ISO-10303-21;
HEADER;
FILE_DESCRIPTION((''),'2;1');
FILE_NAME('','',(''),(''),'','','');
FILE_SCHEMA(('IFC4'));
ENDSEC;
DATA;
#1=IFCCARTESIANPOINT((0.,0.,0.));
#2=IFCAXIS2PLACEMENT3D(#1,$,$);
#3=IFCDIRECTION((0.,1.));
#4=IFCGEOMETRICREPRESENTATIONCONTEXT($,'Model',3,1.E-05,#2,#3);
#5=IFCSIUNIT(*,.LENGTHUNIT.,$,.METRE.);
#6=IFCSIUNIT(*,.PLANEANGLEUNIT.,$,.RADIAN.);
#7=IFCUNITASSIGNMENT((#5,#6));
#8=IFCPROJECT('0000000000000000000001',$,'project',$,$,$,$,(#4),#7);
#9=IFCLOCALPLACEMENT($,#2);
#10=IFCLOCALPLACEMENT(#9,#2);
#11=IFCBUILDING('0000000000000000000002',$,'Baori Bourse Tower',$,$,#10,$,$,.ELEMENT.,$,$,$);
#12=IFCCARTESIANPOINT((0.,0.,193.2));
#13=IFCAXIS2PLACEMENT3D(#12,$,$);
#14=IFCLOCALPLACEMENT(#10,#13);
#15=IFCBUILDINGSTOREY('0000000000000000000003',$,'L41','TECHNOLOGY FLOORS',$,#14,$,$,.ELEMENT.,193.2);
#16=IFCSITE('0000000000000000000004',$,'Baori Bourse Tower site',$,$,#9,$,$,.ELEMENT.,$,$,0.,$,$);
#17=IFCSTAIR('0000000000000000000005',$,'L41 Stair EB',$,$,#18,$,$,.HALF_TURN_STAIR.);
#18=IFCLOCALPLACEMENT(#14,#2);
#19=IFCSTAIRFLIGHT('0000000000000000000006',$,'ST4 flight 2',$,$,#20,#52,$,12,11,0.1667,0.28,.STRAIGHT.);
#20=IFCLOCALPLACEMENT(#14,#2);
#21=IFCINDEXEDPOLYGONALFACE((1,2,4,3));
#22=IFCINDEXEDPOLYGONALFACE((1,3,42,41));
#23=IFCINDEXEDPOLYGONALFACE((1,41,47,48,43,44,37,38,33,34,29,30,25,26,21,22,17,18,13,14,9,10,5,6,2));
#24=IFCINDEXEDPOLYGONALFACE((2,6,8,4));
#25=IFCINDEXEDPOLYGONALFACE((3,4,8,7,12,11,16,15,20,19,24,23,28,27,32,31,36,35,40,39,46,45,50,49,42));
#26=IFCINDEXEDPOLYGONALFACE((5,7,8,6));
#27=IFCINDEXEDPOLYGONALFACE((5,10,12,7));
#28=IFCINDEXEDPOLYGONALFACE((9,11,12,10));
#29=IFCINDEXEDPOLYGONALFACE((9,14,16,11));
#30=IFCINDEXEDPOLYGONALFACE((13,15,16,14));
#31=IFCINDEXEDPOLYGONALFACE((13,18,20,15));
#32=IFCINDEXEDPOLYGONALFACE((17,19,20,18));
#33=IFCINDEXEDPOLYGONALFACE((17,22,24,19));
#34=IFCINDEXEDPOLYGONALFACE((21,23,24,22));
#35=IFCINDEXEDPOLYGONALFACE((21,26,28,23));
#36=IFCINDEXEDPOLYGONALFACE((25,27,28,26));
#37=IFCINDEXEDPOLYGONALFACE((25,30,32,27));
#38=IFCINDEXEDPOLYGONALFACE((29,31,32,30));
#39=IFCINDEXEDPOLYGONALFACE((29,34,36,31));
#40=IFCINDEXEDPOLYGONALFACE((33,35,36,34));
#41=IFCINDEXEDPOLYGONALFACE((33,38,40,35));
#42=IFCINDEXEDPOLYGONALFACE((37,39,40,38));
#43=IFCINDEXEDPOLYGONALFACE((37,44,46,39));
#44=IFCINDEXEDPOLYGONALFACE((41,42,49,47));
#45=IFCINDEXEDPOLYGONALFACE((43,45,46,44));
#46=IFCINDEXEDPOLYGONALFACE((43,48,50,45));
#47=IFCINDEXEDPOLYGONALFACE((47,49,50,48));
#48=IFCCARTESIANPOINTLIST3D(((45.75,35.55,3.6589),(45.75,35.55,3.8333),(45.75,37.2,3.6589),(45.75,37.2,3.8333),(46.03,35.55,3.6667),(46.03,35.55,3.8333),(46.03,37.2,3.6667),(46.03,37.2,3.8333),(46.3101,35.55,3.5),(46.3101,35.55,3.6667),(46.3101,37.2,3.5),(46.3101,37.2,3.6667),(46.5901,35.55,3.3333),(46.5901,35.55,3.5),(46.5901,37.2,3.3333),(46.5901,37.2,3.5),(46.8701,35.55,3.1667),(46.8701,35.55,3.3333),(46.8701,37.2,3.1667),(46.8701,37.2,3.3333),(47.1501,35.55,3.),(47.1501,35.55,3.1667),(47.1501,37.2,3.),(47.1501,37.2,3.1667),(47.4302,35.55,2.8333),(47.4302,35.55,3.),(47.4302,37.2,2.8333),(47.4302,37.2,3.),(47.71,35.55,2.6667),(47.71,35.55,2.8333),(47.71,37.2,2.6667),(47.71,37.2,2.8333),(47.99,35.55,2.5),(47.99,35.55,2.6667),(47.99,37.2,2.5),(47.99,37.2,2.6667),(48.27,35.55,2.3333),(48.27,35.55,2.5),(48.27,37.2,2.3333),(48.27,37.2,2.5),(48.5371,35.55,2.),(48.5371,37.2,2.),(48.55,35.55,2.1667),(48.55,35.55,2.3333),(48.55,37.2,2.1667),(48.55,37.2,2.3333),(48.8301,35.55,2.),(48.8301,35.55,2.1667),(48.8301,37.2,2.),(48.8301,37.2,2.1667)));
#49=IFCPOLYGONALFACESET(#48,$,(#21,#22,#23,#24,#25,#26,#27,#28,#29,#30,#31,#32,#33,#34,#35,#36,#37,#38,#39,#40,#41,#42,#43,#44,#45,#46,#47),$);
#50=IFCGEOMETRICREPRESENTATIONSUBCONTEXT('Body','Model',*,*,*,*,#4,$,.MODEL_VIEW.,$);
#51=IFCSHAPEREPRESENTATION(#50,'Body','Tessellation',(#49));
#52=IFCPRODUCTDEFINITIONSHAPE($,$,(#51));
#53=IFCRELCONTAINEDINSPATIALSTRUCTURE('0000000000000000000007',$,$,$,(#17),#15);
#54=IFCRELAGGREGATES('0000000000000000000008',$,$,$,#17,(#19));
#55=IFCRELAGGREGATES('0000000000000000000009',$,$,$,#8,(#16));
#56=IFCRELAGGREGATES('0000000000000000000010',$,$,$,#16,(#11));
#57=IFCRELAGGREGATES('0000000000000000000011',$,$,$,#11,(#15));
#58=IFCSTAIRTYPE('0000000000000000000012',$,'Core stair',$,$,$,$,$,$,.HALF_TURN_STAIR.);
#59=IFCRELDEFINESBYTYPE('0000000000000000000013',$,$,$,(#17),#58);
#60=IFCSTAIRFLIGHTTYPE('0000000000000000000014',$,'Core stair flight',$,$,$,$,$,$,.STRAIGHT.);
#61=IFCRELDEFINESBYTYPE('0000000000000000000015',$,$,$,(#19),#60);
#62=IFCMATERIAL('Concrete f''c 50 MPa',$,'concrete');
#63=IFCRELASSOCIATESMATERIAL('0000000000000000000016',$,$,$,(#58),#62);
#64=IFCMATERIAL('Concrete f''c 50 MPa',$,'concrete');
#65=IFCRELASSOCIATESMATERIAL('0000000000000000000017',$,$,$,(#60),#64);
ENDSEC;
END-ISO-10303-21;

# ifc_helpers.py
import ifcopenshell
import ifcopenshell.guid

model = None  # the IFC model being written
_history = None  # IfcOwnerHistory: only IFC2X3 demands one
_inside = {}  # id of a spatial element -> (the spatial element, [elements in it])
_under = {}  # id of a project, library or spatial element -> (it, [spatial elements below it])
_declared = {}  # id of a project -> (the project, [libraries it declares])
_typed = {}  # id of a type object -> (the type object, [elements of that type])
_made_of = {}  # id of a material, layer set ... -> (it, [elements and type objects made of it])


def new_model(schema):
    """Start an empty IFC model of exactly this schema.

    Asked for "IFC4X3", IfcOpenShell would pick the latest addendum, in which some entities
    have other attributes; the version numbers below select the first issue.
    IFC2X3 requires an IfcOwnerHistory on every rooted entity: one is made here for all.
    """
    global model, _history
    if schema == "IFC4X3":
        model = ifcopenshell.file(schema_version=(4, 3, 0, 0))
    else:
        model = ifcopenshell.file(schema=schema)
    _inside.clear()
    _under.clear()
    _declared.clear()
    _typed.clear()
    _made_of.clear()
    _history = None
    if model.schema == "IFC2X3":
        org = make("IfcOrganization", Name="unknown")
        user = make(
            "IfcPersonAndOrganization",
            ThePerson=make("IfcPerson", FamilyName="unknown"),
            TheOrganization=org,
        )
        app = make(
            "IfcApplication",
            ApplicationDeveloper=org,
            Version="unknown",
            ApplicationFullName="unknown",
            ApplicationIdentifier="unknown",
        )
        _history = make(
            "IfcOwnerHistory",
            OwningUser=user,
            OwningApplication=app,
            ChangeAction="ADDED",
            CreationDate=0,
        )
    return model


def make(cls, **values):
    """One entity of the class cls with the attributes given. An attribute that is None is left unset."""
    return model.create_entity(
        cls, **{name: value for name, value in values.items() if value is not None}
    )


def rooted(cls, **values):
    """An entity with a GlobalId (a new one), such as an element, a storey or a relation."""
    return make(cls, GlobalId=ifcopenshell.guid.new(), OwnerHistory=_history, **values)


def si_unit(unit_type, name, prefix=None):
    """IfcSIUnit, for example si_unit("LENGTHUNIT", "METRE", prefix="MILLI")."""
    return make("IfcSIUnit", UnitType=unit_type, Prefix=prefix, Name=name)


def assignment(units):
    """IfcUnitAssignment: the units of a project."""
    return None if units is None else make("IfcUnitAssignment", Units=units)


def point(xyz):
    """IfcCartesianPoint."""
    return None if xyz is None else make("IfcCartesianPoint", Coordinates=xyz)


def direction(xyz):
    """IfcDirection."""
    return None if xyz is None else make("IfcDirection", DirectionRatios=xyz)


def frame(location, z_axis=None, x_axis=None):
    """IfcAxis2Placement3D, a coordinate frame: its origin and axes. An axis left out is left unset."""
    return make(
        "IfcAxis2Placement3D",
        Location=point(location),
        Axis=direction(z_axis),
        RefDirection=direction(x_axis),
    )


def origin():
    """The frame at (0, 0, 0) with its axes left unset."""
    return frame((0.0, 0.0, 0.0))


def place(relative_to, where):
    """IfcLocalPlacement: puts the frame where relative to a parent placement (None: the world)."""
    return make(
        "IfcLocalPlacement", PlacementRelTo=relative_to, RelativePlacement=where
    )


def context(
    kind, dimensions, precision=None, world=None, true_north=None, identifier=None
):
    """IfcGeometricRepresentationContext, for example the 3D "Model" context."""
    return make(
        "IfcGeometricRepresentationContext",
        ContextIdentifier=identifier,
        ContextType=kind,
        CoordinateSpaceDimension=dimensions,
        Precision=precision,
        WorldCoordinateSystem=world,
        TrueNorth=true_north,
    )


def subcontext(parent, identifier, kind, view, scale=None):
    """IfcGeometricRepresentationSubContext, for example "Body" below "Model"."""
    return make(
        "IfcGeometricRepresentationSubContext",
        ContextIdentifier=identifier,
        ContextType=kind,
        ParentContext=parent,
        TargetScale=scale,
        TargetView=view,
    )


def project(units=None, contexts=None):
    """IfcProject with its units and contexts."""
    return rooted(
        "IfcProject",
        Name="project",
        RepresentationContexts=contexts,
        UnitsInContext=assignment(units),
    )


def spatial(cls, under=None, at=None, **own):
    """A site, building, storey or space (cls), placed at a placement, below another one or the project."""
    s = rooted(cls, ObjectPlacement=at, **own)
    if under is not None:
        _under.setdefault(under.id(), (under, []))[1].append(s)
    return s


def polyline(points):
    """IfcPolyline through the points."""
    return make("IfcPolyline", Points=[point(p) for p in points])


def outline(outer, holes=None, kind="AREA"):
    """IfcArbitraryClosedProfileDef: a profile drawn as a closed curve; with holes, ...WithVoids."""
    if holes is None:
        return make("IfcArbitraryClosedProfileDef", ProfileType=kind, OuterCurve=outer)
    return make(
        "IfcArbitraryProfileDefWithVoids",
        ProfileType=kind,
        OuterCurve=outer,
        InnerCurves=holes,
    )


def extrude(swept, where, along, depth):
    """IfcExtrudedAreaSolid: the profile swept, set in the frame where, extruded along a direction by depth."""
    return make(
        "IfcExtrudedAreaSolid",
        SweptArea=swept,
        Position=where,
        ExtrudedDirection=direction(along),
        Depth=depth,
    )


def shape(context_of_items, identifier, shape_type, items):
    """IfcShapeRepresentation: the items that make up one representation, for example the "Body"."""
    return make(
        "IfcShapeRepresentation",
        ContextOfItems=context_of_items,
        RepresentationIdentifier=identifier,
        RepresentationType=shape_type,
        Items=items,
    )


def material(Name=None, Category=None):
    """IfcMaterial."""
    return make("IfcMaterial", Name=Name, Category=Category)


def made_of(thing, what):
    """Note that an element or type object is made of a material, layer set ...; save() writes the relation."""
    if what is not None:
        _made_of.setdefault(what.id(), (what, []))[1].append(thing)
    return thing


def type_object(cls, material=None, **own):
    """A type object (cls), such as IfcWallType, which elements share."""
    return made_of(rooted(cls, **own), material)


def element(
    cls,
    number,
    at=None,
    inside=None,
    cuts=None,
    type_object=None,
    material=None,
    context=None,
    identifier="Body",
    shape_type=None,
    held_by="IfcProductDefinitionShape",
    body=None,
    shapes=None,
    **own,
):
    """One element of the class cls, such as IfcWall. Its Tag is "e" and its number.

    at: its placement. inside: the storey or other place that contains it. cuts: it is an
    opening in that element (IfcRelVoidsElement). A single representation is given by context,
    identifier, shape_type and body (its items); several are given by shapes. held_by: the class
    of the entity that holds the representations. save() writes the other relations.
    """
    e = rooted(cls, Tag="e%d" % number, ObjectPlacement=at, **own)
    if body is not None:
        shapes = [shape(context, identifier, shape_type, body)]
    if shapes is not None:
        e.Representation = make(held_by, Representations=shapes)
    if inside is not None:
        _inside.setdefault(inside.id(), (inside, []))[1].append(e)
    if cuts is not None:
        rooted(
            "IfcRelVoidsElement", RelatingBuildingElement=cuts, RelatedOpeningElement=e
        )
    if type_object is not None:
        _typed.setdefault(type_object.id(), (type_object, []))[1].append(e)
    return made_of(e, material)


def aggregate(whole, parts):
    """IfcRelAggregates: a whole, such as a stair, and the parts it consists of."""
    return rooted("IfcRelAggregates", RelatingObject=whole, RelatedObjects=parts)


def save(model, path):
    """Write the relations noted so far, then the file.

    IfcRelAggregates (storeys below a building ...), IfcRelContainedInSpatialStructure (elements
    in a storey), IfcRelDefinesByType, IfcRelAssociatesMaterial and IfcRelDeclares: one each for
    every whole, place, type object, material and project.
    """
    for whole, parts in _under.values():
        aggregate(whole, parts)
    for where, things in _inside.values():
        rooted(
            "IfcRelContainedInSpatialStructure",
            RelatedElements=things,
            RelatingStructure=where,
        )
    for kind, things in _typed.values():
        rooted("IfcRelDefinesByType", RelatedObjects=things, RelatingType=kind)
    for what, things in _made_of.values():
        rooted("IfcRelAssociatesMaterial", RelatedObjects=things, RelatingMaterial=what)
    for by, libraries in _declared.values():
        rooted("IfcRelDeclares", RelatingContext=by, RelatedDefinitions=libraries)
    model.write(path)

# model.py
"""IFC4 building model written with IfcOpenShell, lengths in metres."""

from ifc_helpers import new_model, si_unit, direction, frame, origin, place, context, subcontext, project, spatial, polyline, outline, extrude, material, type_object, element, aggregate, save


model = new_model("IFC4")

# Units and contexts
model_context = context("Model", 3, precision=1e-05, world=origin(), true_north=direction((0.0, 1.0)))
body_context = subcontext(model_context, "Body", "Model", "MODEL_VIEW")
ifc_project = project(units=[si_unit("LENGTHUNIT", "METRE"), si_unit("PLANEANGLEUNIT", "RADIAN")], contexts=[model_context])

# Site, building, storey
site_placement = place(None, origin())
site = spatial("IfcSite", under=ifc_project, at=site_placement, Name="Baori Bourse Tower site", CompositionType="ELEMENT", RefElevation=0.0)
building_placement = place(site_placement, origin())
building = spatial("IfcBuilding", under=site, at=building_placement, Name="Baori Bourse Tower", CompositionType="ELEMENT")
storey_placement = place(building_placement, frame((0.0, 0.0, 193.2)))
storey = spatial("IfcBuildingStorey", under=building, at=storey_placement, Name="L41", Description="TECHNOLOGY FLOORS", CompositionType="ELEMENT", Elevation=193.2)

# Stair, stair flight
ifc_material_1 = material(Name="Concrete f'c 50 MPa", Category="concrete")
stair_type = type_object("IfcStairType", Name="Core stair", PredefinedType="HALF_TURN_STAIR", material=ifc_material_1)
stair_placement = place(storey_placement, origin())
stair = element("IfcStair", 1, at=stair_placement, inside=storey, type_object=stair_type, Name="L41 Stair EB", PredefinedType="HALF_TURN_STAIR")
ifc_material_2 = material(Name="Concrete f'c 50 MPa", Category="concrete")
stair_flight_type = type_object("IfcStairFlightType", Name="Core stair flight", PredefinedType="STRAIGHT", material=ifc_material_2)
stair_flight_1_placement = place(storey_placement, frame((48.8301, 36.375, 2.0), z_axis=(0.0, 0.0, 1.0), x_axis=(-1.0, 0.0, 0.0)))
stair_flight_1 = element("IfcStairFlight", 2, at=stair_flight_1_placement, type_object=stair_flight_type, Name="ST4 flight 2", NumberOfRisers=12, NumberOfTreads=11, PredefinedType="STRAIGHT", RiserHeight=0.1667, TreadLength=0.28, context=body_context, shape_type="SweptSolid", body=[
    extrude(outline(polyline([(0.0, 0.0), (0.0, 0.1667), (0.28, 0.1667), (0.28, 0.3333), (0.5601, 0.3333), (0.5601, 0.5), (0.8401, 0.5), (0.8401, 0.6667), (1.1201, 0.6667), (1.1201, 0.8333), (1.3999, 0.8333), (1.3999, 1.0), (1.6799, 1.0), (1.6799, 1.1667), (1.96, 1.1667), (1.96, 1.3333), (2.24, 1.3333), (2.24, 1.5), (2.52, 1.5), (2.52, 1.6667), (2.8, 1.6667), (2.8, 1.8333), (3.0801, 1.8333), (3.0801, 2.0), (3.0801, 1.6589), (0.293, 0.0), (0.0, 0.0)])), frame((0.0, 0.825, 0.0), z_axis=(0.0, -1.0, 0.0), x_axis=(1.0, 0.0, 0.0)), (0.0, 0.0, 1.0), 1.6499),
])
aggregate(stair, [stair_flight_1])

save(model, "model.ifc")
